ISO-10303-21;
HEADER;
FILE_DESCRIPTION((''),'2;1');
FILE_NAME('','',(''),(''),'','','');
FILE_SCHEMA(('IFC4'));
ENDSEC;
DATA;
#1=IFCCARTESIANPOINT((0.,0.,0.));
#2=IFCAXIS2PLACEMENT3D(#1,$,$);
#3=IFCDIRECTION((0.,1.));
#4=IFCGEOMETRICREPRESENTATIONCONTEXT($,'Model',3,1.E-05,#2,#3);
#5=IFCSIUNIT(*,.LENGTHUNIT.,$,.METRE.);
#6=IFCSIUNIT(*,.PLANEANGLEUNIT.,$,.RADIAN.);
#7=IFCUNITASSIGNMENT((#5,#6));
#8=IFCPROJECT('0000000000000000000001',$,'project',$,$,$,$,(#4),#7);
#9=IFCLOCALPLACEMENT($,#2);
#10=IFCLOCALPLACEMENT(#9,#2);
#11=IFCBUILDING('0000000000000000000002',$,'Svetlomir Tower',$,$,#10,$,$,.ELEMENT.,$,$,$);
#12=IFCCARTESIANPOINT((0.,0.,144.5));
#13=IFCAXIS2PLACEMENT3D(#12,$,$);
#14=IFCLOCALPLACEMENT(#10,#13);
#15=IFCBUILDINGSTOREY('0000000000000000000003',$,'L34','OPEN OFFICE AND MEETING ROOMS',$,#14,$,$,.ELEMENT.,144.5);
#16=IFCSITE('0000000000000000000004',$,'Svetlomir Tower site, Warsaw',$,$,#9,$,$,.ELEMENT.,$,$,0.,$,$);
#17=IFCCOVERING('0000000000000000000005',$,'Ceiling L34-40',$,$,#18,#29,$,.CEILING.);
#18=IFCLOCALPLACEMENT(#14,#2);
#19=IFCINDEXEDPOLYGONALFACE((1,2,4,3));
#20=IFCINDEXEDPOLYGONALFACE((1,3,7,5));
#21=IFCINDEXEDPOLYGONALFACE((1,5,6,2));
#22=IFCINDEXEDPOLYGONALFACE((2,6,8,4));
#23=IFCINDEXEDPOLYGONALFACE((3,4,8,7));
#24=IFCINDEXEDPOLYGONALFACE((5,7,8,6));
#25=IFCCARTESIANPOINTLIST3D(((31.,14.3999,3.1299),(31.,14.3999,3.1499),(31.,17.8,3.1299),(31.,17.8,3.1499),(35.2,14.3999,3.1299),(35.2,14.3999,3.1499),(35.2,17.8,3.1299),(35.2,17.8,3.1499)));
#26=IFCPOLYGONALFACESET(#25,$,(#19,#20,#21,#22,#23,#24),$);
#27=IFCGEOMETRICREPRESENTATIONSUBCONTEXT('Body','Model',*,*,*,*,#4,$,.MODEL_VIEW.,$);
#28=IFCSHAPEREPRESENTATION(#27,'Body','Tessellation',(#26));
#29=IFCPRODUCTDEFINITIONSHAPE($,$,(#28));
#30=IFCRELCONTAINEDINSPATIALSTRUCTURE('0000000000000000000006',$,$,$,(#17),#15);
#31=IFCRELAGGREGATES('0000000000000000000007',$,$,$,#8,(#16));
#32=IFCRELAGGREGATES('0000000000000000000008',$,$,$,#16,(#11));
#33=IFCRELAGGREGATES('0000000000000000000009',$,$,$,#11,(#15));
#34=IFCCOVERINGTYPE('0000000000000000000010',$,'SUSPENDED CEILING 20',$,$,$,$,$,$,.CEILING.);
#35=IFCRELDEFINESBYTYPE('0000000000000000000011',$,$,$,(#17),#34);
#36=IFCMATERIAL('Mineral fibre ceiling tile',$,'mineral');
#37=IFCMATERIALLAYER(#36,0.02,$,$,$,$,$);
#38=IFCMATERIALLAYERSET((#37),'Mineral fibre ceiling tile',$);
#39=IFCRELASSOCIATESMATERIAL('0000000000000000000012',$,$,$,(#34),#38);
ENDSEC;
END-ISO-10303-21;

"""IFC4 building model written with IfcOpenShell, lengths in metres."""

from ifc_helpers import new_model, si_unit, direction, frame, origin, place, context, subcontext, project, spatial, polyline, outline, extrude, material, layer, layer_set, type_object, element, save


model = new_model("IFC4")

# Units and contexts
model_context = context("Model", 3, precision=1e-05, world=origin(), true_north=direction((0.0, 1.0)))
body_context = subcontext(model_context, "Body", "Model", "MODEL_VIEW")
ifc_project = project(units=[si_unit("LENGTHUNIT", "METRE"), si_unit("PLANEANGLEUNIT", "RADIAN")], contexts=[model_context])

# Site, building, storey
site_placement = place(None, origin())
site = spatial("IfcSite", under=ifc_project, at=site_placement, Name="Svetlomir Tower site, Warsaw", CompositionType="ELEMENT", RefElevation=0.0)
building_placement = place(site_placement, origin())
building = spatial("IfcBuilding", under=site, at=building_placement, Name="Svetlomir Tower", CompositionType="ELEMENT")
storey_placement = place(building_placement, frame((0.0, 0.0, 144.5)))
storey = spatial("IfcBuildingStorey", under=building, at=storey_placement, Name="L34", Description="OPEN OFFICE AND MEETING ROOMS", CompositionType="ELEMENT", Elevation=144.5)

# Covering
ifc_material_1 = material(Name="Mineral fibre ceiling tile", Category="mineral")
ifc_layer_1 = layer(ifc_material_1, 0.02)
ifc_layer_set_1 = layer_set([ifc_layer_1], Name="Mineral fibre ceiling tile")
covering_type_1 = type_object("IfcCoveringType", Name="SUSPENDED CEILING 20", PredefinedType="CEILING", material=ifc_layer_set_1)
covering_1_placement = place(storey_placement, frame((0.0, 0.0, 3.1299)))
element("IfcCovering", 1, at=covering_1_placement, inside=storey, type_object=covering_type_1, Name="Ceiling L34-40", PredefinedType="CEILING", context=body_context, shape_type="SweptSolid", body=[
    extrude(outline(polyline([(31.0, 17.8), (35.2, 17.8), (35.2, 14.3999), (31.0, 14.3999), (31.0, 17.8)])), origin(), (0.0, 0.0, 1.0), 0.02),
])

save(model, "model.ifc")
